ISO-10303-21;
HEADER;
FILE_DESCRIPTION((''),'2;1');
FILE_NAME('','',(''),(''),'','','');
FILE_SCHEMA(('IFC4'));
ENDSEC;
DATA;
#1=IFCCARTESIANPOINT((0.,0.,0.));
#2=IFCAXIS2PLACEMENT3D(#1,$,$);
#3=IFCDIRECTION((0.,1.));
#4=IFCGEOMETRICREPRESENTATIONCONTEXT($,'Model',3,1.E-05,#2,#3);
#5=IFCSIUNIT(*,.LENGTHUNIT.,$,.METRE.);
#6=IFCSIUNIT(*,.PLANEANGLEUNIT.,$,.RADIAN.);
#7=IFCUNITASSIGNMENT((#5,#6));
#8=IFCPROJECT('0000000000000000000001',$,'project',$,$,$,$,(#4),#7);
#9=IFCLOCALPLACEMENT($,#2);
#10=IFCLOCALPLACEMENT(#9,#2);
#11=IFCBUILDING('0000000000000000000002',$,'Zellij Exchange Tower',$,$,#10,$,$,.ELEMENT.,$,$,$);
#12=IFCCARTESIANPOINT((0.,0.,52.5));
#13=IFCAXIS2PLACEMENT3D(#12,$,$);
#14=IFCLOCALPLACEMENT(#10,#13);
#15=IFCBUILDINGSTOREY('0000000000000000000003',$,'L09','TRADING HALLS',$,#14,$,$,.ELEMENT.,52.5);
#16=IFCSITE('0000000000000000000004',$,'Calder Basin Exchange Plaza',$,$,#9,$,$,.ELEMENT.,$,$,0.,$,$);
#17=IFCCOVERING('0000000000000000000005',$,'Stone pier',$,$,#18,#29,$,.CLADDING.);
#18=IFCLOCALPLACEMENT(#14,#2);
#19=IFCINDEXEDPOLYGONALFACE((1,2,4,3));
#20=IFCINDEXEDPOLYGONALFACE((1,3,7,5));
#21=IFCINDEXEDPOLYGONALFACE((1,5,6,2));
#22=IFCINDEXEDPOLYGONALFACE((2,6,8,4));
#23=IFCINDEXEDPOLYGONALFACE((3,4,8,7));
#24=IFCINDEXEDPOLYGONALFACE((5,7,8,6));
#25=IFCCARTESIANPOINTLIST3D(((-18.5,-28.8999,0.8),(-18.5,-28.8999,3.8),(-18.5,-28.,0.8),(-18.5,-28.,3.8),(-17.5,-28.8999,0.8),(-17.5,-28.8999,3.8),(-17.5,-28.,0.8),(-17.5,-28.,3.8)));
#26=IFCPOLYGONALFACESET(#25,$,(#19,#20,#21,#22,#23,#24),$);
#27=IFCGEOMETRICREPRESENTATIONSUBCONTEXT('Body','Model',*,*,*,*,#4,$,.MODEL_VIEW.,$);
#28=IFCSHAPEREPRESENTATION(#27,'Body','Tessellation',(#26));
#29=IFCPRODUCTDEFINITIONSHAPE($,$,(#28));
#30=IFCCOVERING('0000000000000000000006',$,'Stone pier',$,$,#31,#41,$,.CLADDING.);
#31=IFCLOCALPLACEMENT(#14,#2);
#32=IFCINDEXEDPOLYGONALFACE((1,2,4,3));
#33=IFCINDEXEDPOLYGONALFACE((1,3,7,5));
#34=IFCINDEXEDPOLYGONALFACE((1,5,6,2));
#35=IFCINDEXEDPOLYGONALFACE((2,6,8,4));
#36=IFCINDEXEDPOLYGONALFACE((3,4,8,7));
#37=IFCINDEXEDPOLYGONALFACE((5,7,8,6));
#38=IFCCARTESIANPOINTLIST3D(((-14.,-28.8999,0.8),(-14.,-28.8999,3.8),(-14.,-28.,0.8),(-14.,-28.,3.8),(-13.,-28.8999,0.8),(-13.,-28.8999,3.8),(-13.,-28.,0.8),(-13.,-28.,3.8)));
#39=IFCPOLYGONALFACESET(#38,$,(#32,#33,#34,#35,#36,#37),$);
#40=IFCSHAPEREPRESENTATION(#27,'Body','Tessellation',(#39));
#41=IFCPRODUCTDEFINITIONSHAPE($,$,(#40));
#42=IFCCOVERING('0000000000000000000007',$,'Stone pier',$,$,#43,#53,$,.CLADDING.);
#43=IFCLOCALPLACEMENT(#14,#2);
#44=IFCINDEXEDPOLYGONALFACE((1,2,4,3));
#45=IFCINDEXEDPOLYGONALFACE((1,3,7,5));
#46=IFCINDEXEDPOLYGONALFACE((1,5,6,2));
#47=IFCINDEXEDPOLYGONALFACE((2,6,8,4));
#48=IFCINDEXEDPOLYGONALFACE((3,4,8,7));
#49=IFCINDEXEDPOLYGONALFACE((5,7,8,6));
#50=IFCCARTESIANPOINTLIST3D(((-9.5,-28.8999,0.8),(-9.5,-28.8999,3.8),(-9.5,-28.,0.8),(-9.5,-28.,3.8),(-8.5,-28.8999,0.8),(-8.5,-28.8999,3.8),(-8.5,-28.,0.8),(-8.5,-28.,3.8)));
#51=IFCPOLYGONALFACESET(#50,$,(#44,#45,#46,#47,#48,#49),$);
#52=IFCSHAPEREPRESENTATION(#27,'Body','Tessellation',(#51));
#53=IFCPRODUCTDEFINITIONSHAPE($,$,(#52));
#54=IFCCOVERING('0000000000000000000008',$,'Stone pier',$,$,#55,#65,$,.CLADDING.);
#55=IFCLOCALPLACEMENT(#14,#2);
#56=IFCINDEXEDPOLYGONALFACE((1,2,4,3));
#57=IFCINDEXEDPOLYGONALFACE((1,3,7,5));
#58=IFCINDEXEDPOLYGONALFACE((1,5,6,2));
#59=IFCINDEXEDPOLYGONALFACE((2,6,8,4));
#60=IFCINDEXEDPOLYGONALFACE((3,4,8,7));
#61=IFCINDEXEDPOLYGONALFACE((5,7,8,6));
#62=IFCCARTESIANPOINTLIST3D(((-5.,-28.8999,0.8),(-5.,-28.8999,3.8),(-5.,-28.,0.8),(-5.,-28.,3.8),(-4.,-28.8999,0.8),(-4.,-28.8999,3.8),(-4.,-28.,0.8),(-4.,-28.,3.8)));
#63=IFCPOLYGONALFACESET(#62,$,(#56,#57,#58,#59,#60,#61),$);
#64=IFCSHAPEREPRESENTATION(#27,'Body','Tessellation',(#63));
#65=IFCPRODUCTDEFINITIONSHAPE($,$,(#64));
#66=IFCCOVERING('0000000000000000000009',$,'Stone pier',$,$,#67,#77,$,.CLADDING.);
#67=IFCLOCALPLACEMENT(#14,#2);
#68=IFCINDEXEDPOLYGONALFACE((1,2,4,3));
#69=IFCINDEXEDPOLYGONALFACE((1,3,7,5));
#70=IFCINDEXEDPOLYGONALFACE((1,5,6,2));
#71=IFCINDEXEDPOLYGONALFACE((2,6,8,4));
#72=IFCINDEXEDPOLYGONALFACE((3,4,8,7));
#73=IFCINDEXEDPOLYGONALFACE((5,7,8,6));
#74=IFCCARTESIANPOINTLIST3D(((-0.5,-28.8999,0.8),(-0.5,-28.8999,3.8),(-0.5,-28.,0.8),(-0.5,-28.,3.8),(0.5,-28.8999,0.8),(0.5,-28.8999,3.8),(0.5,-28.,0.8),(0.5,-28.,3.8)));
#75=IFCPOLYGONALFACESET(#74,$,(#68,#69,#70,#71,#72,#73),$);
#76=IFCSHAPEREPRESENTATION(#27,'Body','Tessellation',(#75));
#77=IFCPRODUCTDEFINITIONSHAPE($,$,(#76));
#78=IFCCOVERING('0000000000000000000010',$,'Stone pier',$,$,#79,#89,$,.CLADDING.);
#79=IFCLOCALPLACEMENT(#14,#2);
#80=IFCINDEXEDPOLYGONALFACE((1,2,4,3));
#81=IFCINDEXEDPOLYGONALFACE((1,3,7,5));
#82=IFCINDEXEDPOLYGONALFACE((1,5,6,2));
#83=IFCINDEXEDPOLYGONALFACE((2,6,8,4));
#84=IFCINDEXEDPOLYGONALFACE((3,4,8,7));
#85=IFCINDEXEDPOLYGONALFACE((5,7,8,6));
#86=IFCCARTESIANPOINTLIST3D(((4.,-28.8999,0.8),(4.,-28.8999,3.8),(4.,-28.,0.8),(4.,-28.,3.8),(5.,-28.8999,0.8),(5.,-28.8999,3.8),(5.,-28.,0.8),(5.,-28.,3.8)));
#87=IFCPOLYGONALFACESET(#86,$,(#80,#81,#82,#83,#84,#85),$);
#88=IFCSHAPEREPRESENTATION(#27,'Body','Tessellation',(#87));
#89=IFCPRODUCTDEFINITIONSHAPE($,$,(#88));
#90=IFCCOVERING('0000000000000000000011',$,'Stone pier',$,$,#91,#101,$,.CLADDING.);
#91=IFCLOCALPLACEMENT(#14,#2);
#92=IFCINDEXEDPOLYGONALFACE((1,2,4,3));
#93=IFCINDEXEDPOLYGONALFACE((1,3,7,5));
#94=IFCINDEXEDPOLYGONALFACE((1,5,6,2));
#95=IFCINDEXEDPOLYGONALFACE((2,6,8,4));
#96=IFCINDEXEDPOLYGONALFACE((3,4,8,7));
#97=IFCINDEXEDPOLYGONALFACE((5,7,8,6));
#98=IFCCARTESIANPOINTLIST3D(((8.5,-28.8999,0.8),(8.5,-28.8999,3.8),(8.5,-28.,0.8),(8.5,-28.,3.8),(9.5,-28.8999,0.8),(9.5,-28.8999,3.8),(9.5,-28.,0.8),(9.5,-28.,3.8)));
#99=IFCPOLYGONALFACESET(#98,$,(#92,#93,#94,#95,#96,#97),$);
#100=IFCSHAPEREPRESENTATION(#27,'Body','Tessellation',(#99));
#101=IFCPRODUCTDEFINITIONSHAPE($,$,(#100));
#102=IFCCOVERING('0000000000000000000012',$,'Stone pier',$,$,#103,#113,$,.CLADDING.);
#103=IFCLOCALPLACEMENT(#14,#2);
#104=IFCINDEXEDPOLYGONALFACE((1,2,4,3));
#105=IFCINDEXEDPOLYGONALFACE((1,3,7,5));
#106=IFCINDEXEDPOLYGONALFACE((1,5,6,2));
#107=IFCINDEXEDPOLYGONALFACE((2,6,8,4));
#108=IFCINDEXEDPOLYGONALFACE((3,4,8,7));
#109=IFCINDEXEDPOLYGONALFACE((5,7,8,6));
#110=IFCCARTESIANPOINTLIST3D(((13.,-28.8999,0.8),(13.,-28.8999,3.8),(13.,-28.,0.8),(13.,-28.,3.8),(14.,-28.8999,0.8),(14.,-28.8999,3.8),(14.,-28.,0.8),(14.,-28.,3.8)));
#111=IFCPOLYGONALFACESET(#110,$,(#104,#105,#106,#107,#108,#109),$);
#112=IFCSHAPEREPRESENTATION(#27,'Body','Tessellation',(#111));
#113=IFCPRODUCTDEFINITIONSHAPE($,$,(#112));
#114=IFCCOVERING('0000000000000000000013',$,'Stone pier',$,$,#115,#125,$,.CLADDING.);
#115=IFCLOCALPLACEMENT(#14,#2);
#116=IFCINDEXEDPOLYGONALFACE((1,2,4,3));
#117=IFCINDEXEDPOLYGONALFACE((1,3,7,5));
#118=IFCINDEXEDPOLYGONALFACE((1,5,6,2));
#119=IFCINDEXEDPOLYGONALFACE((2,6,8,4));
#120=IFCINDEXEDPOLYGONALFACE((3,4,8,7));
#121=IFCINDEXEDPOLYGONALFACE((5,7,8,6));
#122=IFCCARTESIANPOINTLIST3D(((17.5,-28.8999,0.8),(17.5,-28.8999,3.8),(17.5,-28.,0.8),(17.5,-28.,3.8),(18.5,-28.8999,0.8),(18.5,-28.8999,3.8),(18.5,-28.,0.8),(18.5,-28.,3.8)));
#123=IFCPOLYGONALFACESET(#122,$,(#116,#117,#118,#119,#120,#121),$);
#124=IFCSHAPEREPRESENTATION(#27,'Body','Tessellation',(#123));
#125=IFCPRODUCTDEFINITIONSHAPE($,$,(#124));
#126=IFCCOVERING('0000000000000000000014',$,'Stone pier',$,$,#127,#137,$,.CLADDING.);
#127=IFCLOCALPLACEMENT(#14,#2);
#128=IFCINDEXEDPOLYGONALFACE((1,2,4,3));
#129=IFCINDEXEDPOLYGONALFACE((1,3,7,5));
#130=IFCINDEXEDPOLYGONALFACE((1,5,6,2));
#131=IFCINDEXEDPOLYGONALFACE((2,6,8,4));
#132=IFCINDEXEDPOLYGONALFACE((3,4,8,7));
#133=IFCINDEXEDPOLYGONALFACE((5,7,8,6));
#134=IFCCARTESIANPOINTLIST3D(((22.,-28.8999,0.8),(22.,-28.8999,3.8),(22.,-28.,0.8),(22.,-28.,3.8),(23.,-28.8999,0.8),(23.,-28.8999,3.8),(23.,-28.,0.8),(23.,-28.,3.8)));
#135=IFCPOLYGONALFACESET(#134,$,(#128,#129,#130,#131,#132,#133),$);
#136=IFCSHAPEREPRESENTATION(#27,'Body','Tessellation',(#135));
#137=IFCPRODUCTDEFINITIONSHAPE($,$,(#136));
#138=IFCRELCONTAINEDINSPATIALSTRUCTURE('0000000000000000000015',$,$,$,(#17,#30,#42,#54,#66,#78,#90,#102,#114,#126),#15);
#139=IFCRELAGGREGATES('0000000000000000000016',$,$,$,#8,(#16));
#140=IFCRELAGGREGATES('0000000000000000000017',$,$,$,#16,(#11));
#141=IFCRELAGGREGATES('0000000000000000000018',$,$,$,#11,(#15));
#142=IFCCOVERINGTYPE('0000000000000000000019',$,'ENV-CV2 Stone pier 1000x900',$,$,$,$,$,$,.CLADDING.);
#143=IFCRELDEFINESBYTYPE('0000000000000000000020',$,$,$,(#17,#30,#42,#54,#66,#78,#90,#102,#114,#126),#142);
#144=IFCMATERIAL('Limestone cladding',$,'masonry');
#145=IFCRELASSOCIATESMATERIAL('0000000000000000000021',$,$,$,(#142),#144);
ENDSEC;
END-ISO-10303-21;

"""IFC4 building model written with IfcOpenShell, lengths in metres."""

from ifc_helpers import new_model, si_unit, direction, frame, origin, place, context, subcontext, project, spatial, polyline, outline, extrude, material, type_object, element, save


model = new_model("IFC4")

# Units and contexts
model_context = context("Model", 3, precision=1e-05, world=origin(), true_north=direction((0.0, 1.0)))
body_context = subcontext(model_context, "Body", "Model", "MODEL_VIEW")
ifc_project = project(units=[si_unit("LENGTHUNIT", "METRE"), si_unit("PLANEANGLEUNIT", "RADIAN")], contexts=[model_context])

# Site, building, storey
site_placement = place(None, origin())
site = spatial("IfcSite", under=ifc_project, at=site_placement, Name="Calder Basin Exchange Plaza", CompositionType="ELEMENT", RefElevation=0.0)
building_placement = place(site_placement, origin())
building = spatial("IfcBuilding", under=site, at=building_placement, Name="Zellij Exchange Tower", CompositionType="ELEMENT")
storey_placement = place(building_placement, frame((0.0, 0.0, 52.5)))
storey = spatial("IfcBuildingStorey", under=building, at=storey_placement, Name="L09", Description="TRADING HALLS", CompositionType="ELEMENT", Elevation=52.5)

# Coverings
ifc_material_1 = material(Name="Limestone cladding", Category="masonry")
covering_type = type_object("IfcCoveringType", Name="ENV-CV2 Stone pier 1000x900", PredefinedType="CLADDING", material=ifc_material_1)
covering_1_placement = place(storey_placement, frame((0.0, 0.0, 0.8)))
element("IfcCovering", 1, at=covering_1_placement, inside=storey, type_object=covering_type, Name="Stone pier", PredefinedType="CLADDING", context=body_context, shape_type="SweptSolid", body=[
    extrude(outline(polyline([(-18.5, -28.0), (-17.5, -28.0), (-17.5, -28.8999), (-18.5, -28.8999), (-18.5, -28.0)])), origin(), (0.0, 0.0, 1.0), 3.0),
])
covering_2_placement = place(storey_placement, frame((0.0, 0.0, 0.8)))
element("IfcCovering", 2, at=covering_2_placement, inside=storey, type_object=covering_type, Name="Stone pier", PredefinedType="CLADDING", context=body_context, shape_type="SweptSolid", body=[
    extrude(outline(polyline([(-14.0, -28.0), (-13.0, -28.0), (-13.0, -28.8999), (-14.0, -28.8999), (-14.0, -28.0)])), origin(), (0.0, 0.0, 1.0), 3.0),
])
covering_3_placement = place(storey_placement, frame((0.0, 0.0, 0.8)))
element("IfcCovering", 3, at=covering_3_placement, inside=storey, type_object=covering_type, Name="Stone pier", PredefinedType="CLADDING", context=body_context, shape_type="SweptSolid", body=[
    extrude(outline(polyline([(-9.5, -28.0), (-8.5, -28.0), (-8.5, -28.8999), (-9.5, -28.8999), (-9.5, -28.0)])), origin(), (0.0, 0.0, 1.0), 3.0),
])
covering_4_placement = place(storey_placement, frame((0.0, 0.0, 0.8)))
element("IfcCovering", 4, at=covering_4_placement, inside=storey, type_object=covering_type, Name="Stone pier", PredefinedType="CLADDING", context=body_context, shape_type="SweptSolid", body=[
    extrude(outline(polyline([(-5.0, -28.0), (-4.0, -28.0), (-4.0, -28.8999), (-5.0, -28.8999), (-5.0, -28.0)])), origin(), (0.0, 0.0, 1.0), 3.0),
])
covering_5_placement = place(storey_placement, frame((0.0, 0.0, 0.8)))
element("IfcCovering", 5, at=covering_5_placement, inside=storey, type_object=covering_type, Name="Stone pier", PredefinedType="CLADDING", context=body_context, shape_type="SweptSolid", body=[
    extrude(outline(polyline([(-0.5, -28.0), (0.5, -28.0), (0.5, -28.8999), (-0.5, -28.8999), (-0.5, -28.0)])), origin(), (0.0, 0.0, 1.0), 3.0),
])
covering_6_placement = place(storey_placement, frame((0.0, 0.0, 0.8)))
element("IfcCovering", 6, at=covering_6_placement, inside=storey, type_object=covering_type, Name="Stone pier", PredefinedType="CLADDING", context=body_context, shape_type="SweptSolid", body=[
    extrude(outline(polyline([(4.0, -28.0), (5.0, -28.0), (5.0, -28.8999), (4.0, -28.8999), (4.0, -28.0)])), origin(), (0.0, 0.0, 1.0), 3.0),
])
covering_7_placement = place(storey_placement, frame((0.0, 0.0, 0.8)))
element("IfcCovering", 7, at=covering_7_placement, inside=storey, type_object=covering_type, Name="Stone pier", PredefinedType="CLADDING", context=body_context, shape_type="SweptSolid", body=[
    extrude(outline(polyline([(8.5, -28.0), (9.5, -28.0), (9.5, -28.8999), (8.5, -28.8999), (8.5, -28.0)])), origin(), (0.0, 0.0, 1.0), 3.0),
])
covering_8_placement = place(storey_placement, frame((0.0, 0.0, 0.8)))
element("IfcCovering", 8, at=covering_8_placement, inside=storey, type_object=covering_type, Name="Stone pier", PredefinedType="CLADDING", context=body_context, shape_type="SweptSolid", body=[
    extrude(outline(polyline([(13.0, -28.0), (14.0, -28.0), (14.0, -28.8999), (13.0, -28.8999), (13.0, -28.0)])), origin(), (0.0, 0.0, 1.0), 3.0),
])
covering_9_placement = place(storey_placement, frame((0.0, 0.0, 0.8)))
element("IfcCovering", 9, at=covering_9_placement, inside=storey, type_object=covering_type, Name="Stone pier", PredefinedType="CLADDING", context=body_context, shape_type="SweptSolid", body=[
    extrude(outline(polyline([(17.5, -28.0), (18.5, -28.0), (18.5, -28.8999), (17.5, -28.8999), (17.5, -28.0)])), origin(), (0.0, 0.0, 1.0), 3.0),
])
covering_10_placement = place(storey_placement, frame((0.0, 0.0, 0.8)))
element("IfcCovering", 10, at=covering_10_placement, inside=storey, type_object=covering_type, Name="Stone pier", PredefinedType="CLADDING", context=body_context, shape_type="SweptSolid", body=[
    extrude(outline(polyline([(22.0, -28.0), (23.0, -28.0), (23.0, -28.8999), (22.0, -28.8999), (22.0, -28.0)])), origin(), (0.0, 0.0, 1.0), 3.0),
])

save(model, "model.ifc")
